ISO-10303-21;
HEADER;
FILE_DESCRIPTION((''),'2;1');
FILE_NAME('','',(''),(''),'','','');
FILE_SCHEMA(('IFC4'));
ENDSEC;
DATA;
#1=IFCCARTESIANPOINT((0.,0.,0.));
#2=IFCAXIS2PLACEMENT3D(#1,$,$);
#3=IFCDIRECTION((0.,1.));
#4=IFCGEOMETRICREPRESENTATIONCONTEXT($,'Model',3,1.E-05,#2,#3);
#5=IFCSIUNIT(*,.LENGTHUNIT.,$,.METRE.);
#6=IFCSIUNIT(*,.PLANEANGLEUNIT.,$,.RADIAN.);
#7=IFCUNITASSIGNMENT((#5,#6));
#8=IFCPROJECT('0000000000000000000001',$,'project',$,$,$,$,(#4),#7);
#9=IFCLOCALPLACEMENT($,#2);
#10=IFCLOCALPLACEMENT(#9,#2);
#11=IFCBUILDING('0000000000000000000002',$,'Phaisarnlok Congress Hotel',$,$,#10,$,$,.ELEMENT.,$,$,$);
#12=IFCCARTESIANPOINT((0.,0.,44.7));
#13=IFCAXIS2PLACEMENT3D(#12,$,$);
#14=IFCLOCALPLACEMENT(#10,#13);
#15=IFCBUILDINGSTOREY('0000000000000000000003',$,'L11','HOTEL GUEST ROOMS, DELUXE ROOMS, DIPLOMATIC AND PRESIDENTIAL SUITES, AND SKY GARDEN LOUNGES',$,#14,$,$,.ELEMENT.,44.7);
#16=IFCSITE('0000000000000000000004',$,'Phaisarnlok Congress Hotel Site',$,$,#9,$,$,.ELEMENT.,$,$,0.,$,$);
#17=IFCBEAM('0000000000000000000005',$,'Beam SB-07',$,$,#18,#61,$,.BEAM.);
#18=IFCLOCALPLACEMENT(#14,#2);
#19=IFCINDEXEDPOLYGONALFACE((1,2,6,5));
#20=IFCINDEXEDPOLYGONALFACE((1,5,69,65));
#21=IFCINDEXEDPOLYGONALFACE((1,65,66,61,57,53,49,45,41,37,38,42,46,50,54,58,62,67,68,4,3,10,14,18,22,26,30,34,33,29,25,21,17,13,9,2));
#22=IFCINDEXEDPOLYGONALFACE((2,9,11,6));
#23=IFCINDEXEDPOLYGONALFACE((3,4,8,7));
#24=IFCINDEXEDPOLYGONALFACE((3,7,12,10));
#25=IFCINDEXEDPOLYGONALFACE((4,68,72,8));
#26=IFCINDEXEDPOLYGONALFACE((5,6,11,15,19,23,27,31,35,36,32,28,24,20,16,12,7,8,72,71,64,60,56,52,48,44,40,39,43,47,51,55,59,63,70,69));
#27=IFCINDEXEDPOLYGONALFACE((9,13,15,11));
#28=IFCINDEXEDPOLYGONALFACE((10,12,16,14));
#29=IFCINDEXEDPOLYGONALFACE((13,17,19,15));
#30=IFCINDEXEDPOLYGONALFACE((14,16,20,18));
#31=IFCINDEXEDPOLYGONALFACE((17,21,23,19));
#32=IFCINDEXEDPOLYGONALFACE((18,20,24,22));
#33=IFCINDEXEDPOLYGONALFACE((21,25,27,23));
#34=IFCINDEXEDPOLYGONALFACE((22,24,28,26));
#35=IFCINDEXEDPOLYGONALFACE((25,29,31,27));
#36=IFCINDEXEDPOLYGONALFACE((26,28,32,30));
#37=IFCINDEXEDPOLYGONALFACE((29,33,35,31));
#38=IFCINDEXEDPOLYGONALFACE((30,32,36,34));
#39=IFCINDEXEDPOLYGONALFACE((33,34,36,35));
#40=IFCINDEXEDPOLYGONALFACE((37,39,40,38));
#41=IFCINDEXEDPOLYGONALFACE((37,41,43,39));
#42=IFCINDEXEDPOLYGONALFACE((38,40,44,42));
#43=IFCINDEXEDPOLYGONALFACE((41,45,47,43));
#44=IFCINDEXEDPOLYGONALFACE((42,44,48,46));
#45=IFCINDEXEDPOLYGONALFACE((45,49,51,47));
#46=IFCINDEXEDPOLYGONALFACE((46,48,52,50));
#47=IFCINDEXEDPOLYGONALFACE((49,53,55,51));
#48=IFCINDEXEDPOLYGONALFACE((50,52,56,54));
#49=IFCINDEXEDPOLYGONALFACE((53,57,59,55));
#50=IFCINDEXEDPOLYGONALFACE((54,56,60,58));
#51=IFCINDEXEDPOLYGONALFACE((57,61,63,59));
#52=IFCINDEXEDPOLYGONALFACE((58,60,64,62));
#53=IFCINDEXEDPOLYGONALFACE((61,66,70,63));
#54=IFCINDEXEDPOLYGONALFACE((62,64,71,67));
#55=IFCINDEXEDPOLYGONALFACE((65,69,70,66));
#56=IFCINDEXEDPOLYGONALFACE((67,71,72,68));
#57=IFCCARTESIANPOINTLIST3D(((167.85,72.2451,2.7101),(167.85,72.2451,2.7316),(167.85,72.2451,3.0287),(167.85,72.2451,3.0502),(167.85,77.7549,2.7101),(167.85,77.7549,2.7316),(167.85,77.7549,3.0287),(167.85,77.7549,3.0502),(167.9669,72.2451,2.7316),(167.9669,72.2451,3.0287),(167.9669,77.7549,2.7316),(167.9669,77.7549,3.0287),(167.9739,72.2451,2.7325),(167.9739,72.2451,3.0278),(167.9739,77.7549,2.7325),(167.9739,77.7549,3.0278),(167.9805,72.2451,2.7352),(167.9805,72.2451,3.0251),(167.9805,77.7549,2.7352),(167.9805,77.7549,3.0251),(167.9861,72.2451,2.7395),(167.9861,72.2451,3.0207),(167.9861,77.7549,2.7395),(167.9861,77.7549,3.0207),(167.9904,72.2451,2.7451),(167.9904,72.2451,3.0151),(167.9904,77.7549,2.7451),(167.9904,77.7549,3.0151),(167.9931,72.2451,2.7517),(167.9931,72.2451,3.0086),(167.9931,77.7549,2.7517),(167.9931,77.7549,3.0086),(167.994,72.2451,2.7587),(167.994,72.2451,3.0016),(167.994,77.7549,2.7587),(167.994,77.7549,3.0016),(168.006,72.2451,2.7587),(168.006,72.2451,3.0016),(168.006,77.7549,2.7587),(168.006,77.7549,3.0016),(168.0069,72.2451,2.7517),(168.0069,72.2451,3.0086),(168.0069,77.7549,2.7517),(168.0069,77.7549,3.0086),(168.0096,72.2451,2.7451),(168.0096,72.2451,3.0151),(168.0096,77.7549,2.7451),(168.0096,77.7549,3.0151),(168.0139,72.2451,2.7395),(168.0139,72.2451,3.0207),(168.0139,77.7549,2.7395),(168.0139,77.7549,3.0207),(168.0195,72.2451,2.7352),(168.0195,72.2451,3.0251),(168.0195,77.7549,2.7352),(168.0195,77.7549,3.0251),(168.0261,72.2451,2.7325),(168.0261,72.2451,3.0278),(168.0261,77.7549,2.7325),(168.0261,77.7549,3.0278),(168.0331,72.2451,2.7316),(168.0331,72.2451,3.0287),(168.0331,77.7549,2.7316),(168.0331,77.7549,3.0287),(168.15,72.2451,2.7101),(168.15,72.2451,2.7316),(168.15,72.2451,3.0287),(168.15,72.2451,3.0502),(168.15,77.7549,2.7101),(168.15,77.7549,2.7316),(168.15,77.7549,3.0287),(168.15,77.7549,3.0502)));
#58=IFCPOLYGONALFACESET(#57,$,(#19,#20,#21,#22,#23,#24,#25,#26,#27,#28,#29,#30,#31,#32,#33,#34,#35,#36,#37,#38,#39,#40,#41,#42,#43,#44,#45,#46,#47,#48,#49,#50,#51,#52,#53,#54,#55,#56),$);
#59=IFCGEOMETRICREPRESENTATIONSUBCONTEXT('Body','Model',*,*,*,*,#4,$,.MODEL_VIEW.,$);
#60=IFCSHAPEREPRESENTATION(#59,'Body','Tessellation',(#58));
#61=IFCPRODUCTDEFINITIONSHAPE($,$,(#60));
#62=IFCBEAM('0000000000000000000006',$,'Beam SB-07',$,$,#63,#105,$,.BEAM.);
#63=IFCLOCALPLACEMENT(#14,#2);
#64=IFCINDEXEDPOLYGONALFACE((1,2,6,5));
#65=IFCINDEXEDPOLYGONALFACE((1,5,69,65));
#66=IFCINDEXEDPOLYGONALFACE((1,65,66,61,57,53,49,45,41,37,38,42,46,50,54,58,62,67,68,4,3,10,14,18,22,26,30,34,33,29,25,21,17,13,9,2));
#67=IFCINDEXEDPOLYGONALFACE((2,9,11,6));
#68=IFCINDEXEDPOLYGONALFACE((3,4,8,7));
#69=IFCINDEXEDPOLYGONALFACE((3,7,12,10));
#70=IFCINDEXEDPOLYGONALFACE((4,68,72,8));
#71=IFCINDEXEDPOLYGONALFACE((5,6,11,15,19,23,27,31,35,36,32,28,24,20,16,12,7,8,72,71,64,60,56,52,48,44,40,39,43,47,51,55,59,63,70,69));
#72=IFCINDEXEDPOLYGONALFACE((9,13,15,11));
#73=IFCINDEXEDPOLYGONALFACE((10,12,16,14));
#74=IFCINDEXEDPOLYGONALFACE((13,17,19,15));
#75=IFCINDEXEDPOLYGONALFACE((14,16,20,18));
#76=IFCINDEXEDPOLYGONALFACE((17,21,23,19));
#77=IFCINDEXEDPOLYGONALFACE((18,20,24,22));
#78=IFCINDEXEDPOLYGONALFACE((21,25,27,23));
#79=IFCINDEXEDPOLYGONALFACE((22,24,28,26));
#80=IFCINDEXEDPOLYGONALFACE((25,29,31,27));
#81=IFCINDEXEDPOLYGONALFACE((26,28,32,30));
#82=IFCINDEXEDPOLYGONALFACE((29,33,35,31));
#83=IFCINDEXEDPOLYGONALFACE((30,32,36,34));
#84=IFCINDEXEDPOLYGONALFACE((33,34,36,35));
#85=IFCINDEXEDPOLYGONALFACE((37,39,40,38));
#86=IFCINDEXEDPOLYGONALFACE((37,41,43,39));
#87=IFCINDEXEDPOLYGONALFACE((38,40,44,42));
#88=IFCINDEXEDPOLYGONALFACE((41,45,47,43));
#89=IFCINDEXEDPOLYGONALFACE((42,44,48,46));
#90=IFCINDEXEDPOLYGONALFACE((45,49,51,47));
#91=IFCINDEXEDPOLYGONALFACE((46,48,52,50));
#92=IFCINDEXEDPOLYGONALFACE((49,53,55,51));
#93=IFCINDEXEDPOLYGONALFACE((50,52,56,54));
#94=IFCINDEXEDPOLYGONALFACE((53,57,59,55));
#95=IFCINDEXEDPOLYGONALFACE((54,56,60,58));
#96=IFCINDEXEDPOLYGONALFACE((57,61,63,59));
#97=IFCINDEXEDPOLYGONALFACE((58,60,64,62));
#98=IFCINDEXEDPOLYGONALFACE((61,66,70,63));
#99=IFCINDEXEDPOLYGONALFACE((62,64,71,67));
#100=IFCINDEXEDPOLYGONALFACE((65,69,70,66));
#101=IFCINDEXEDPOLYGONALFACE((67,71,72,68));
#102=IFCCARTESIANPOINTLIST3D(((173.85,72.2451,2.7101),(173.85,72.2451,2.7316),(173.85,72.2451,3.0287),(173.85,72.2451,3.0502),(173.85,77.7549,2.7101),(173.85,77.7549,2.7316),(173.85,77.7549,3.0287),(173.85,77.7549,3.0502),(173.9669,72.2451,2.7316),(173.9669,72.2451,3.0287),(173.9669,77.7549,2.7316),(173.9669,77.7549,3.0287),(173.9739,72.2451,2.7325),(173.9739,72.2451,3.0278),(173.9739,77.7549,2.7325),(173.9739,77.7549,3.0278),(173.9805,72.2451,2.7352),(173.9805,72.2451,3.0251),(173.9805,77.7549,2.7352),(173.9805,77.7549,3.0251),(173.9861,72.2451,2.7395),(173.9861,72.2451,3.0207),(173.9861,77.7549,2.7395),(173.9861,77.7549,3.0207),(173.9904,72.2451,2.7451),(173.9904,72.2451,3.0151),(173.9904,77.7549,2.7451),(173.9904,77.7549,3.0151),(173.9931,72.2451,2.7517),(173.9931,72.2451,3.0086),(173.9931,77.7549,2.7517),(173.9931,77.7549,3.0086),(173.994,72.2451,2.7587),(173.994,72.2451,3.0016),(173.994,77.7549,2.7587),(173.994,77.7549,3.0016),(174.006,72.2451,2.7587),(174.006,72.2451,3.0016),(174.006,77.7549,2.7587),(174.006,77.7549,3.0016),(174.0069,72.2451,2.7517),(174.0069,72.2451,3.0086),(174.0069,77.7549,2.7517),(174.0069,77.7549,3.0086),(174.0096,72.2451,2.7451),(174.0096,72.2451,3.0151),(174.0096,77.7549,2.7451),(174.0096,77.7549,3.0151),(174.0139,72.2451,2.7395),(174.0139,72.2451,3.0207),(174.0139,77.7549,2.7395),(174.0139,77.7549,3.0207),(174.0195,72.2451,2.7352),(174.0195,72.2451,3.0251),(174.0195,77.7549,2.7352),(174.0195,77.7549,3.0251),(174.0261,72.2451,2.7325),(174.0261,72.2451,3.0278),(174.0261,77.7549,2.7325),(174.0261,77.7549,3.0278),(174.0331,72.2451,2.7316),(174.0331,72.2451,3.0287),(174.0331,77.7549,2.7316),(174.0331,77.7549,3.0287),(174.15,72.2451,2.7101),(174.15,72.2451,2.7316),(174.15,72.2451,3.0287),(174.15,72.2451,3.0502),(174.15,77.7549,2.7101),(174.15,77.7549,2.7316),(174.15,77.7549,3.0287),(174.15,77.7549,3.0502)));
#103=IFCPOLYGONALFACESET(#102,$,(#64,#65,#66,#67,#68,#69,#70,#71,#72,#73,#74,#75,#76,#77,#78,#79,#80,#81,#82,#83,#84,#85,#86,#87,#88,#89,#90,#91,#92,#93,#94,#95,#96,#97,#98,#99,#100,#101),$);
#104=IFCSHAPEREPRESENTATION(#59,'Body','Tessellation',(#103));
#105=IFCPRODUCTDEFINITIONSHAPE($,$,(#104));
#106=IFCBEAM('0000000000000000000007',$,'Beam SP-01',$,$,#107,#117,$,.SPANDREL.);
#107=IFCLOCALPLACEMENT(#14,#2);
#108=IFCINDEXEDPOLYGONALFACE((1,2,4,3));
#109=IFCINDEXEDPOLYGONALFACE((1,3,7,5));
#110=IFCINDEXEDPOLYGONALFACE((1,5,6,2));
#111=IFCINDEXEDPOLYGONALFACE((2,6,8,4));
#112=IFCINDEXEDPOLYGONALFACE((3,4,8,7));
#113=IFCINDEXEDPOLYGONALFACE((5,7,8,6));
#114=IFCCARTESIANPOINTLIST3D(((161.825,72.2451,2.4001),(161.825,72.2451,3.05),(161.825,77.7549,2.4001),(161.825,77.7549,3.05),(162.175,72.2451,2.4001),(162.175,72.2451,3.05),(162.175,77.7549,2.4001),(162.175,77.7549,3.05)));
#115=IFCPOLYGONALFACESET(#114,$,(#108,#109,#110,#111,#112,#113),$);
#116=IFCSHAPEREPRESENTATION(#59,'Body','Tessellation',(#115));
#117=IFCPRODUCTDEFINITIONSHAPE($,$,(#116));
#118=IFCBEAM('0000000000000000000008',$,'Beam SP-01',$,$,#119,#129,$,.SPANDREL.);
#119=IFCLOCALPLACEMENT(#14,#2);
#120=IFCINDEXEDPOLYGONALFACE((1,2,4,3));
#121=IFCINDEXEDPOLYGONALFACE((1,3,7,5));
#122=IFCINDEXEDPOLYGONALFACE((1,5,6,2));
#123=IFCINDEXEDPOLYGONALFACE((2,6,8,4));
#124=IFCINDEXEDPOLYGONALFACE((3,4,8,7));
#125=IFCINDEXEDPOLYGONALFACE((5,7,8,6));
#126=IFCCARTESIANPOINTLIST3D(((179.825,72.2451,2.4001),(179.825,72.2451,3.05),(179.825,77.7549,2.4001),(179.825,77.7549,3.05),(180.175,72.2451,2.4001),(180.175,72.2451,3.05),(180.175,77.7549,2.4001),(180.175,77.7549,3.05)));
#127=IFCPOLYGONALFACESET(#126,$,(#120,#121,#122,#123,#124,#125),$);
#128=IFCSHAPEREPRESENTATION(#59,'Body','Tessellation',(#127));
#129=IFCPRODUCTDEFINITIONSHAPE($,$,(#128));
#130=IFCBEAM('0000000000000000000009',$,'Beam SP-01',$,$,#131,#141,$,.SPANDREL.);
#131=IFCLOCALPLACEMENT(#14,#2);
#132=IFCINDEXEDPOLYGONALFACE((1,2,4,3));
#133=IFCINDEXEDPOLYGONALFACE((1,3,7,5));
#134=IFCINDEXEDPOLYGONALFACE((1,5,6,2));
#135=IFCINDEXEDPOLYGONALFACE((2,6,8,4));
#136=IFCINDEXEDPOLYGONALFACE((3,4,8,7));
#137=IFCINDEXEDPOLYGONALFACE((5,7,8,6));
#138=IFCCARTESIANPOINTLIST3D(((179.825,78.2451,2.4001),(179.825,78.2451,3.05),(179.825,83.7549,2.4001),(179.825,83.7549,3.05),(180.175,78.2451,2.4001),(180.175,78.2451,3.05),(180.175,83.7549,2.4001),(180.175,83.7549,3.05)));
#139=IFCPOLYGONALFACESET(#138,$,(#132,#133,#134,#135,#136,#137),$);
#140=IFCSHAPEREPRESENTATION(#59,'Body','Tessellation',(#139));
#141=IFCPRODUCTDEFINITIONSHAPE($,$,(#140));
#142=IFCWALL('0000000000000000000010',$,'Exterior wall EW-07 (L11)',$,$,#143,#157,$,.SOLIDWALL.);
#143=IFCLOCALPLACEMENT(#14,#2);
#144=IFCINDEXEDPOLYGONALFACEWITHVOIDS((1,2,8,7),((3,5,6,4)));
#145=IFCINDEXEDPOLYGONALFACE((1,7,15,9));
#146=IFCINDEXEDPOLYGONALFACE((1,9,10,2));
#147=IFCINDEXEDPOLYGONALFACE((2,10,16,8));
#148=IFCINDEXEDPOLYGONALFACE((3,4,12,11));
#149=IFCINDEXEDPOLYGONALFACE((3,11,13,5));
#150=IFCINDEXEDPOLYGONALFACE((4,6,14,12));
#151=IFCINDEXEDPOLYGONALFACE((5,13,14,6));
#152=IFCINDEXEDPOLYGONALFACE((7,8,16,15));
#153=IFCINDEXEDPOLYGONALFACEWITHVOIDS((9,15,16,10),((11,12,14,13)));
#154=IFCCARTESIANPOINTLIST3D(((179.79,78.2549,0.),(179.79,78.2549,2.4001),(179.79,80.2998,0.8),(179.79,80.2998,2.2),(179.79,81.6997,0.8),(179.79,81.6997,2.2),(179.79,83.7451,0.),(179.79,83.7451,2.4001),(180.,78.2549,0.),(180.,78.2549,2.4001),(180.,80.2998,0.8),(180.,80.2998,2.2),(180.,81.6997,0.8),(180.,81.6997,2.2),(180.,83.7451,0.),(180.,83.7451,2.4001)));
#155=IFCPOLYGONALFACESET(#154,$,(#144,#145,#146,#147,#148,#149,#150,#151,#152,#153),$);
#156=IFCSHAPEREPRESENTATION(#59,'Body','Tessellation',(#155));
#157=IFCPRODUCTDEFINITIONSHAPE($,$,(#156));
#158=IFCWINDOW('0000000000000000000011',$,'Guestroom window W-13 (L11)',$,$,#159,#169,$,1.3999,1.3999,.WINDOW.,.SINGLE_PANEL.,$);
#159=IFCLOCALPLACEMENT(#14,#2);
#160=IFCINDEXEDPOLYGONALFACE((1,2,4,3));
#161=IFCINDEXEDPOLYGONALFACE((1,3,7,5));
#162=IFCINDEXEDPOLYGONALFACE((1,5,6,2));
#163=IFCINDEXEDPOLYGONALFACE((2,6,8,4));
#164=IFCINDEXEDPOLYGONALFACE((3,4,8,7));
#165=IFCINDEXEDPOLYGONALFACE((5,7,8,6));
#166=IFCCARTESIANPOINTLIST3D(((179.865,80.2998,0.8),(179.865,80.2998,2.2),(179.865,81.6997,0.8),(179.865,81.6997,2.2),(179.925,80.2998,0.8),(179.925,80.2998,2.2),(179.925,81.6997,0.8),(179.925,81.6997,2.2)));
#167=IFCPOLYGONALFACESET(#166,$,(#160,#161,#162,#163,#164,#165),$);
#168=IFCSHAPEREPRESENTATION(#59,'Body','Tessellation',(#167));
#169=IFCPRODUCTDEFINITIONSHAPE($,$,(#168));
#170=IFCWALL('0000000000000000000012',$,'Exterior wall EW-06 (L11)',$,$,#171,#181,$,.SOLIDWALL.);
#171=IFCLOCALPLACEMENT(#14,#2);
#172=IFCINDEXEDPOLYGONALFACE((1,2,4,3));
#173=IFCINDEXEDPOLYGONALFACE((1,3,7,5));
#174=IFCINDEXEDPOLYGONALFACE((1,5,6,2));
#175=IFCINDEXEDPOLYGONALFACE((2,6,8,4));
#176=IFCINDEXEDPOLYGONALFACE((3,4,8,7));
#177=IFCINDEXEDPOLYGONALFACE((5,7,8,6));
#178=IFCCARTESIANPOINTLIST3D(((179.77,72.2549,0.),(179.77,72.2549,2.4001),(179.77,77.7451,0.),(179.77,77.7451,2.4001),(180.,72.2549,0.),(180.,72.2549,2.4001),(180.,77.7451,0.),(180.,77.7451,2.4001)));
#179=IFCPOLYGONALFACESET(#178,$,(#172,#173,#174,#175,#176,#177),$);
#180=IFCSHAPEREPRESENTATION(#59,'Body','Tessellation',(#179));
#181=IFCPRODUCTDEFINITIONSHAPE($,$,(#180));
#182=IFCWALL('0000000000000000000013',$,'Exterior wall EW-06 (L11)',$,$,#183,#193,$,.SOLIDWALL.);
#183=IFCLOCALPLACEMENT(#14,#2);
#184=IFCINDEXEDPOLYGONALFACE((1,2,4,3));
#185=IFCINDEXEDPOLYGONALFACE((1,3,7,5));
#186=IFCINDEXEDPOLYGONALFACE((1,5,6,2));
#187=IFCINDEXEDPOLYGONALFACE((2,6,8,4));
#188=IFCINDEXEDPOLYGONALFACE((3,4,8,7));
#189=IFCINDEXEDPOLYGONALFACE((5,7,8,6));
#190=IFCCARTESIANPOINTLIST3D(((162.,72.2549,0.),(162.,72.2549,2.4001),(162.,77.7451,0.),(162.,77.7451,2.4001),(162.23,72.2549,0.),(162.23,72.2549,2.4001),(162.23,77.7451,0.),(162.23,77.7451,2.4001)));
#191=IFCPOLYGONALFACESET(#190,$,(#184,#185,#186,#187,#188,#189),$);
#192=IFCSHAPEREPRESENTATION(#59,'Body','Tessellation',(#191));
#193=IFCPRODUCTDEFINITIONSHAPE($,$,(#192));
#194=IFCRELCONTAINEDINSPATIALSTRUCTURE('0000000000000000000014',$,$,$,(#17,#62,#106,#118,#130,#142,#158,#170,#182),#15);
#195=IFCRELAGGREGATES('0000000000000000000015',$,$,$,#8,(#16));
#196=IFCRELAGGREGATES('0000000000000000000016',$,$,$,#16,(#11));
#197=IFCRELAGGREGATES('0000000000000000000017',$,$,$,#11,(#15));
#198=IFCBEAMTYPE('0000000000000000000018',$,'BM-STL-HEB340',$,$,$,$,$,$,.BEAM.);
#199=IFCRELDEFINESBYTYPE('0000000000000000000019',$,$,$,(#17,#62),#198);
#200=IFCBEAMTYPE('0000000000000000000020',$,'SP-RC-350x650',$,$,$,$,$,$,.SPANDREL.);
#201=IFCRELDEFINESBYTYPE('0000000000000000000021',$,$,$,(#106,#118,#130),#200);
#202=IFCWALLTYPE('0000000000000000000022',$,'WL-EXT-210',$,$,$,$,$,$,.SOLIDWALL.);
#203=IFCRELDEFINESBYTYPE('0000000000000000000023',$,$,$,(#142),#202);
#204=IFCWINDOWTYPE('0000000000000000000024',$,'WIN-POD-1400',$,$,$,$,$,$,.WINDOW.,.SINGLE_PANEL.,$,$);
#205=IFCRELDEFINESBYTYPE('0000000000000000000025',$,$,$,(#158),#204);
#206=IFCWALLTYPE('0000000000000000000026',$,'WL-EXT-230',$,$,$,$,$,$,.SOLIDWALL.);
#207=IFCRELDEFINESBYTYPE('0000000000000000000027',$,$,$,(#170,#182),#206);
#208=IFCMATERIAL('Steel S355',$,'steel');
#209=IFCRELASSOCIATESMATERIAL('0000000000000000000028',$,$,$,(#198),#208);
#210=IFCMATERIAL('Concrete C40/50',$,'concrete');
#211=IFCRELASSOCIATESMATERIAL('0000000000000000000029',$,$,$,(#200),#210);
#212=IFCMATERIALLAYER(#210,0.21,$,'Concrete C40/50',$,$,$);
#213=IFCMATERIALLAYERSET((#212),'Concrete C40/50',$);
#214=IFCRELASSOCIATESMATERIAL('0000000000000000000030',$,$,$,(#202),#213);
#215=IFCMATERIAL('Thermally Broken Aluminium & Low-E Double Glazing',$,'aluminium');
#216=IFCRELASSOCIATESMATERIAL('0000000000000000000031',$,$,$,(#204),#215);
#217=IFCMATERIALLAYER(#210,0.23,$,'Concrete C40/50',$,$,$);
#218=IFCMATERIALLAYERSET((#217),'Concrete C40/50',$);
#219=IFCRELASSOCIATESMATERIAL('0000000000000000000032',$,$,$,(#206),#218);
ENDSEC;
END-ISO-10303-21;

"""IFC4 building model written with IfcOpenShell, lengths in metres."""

from ifc_helpers import new_model, si_unit, direction, frame, frame_2d, origin, origin_2d, place, context, subcontext, project, spatial, rectangle, i_section, extrude, material, layer, layer_set, material_profile, profile_set, type_object, element, fill, save


model = new_model("IFC4")

# Units and contexts
model_context = context("Model", 3, precision=1e-05, world=origin(), true_north=direction((0.0, 1.0)))
body_context = subcontext(model_context, "Body", "Model", "MODEL_VIEW")
ifc_project = project(units=[si_unit("LENGTHUNIT", "METRE"), si_unit("PLANEANGLEUNIT", "RADIAN")], contexts=[model_context])

# Site, building, storey
site_placement = place(None, origin())
site = spatial("IfcSite", under=ifc_project, at=site_placement, Name="Phaisarnlok Congress Hotel Site", CompositionType="ELEMENT", RefElevation=0.0)
building_placement = place(site_placement, origin())
building = spatial("IfcBuilding", under=site, at=building_placement, Name="Phaisarnlok Congress Hotel", CompositionType="ELEMENT")
storey_placement = place(building_placement, frame((0.0, 0.0, 44.7)))
storey = spatial("IfcBuildingStorey", under=building, at=storey_placement, Name="L11", Description="HOTEL GUEST ROOMS, DELUXE ROOMS, DIPLOMATIC AND PRESIDENTIAL SUITES, AND SKY GARDEN LOUNGES", CompositionType="ELEMENT", Elevation=44.7)

# Beams
ifc_material_1 = material(Name="Concrete C40/50", Category="concrete")
ifc_material_2 = material(Name="Steel S355", Category="steel")
ifc_material_profile_1 = material_profile(ifc_material_2, i_section(OverallWidth=0.3, OverallDepth=0.3401, WebThickness=0.012, FlangeThickness=0.0215, FilletRadius=0.0271, at=origin_2d()), Name="HEB 340")
ifc_profile_set_1 = profile_set([ifc_material_profile_1], Name="Steel S355")
beam_type_1 = type_object("IfcBeamType", Name="BM-STL-HEB340", PredefinedType="BEAM", material=ifc_profile_set_1)
for number, where, z_axis, x_axis, name in (
    (1, (168.0, 72.2451, 2.8801), (0.0, 1.0, 0.0), (-1.0, 0.0, 0.0), "Beam SB-07"),
    (2, (174.0, 72.2451, 2.8801), (0.0, 1.0, 0.0), (-1.0, 0.0, 0.0), "Beam SB-07"),
):
    element("IfcBeam", number, at=place(storey_placement, frame(where, z_axis=z_axis, x_axis=x_axis)), inside=storey, type_object=beam_type_1, Name=name, PredefinedType="BEAM", context=body_context, shape_type="SweptSolid", body=[
        extrude(i_section(OverallWidth=0.3, OverallDepth=0.3401, WebThickness=0.012, FlangeThickness=0.0215, FilletRadius=0.0271, at=origin_2d()), origin(), (0.0, 0.0, 1.0), 5.5098),
    ])
ifc_material_profile_2 = material_profile(ifc_material_1, rectangle(XDim=0.3501, YDim=0.6499, at=origin_2d()), Name="RC 350x650")
ifc_profile_set_2 = profile_set([ifc_material_profile_2], Name="Concrete C40/50")
beam_type_2 = type_object("IfcBeamType", Name="SP-RC-350x650", PredefinedType="SPANDREL", material=ifc_profile_set_2)
for number, where, z_axis, x_axis, name in (
    (3, (162.0, 72.2451, 2.7251), (0.0, 1.0, 0.0), (-1.0, 0.0, 0.0), "Beam SP-01"),
    (4, (180.0, 72.2451, 2.7251), (0.0, 1.0, 0.0), (-1.0, 0.0, 0.0), "Beam SP-01"),
    (5, (180.0, 78.2451, 2.7251), (0.0, 1.0, 0.0), (-1.0, 0.0, 0.0), "Beam SP-01"),
):
    element("IfcBeam", number, at=place(storey_placement, frame(where, z_axis=z_axis, x_axis=x_axis)), inside=storey, type_object=beam_type_2, Name=name, PredefinedType="SPANDREL", context=body_context, shape_type="SweptSolid", body=[
        extrude(rectangle(XDim=0.3501, YDim=0.6499, at=origin_2d()), origin(), (0.0, 0.0, 1.0), 5.5098),
    ])

# Wall, opening, window
ifc_layer_1 = layer(ifc_material_1, 0.21, Name="Concrete C40/50")
ifc_layer_set_1 = layer_set([ifc_layer_1], Name="Concrete C40/50")
wall_type_1 = type_object("IfcWallType", Name="WL-EXT-210", PredefinedType="SOLIDWALL", material=ifc_layer_set_1)
wall_1_placement = place(storey_placement, frame((179.895, 78.2549, 0.0), z_axis=(0.0, 0.0, 1.0), x_axis=(0.0, 1.0, 0.0)))
wall_1 = element("IfcWall", 6, at=wall_1_placement, inside=storey, type_object=wall_type_1, Name="Exterior wall EW-07 (L11)", PredefinedType="SOLIDWALL", context=body_context, shape_type="SweptSolid", body=[
    extrude(rectangle(XDim=5.4902, YDim=0.21, at=frame_2d((2.7451, 0.0))), origin(), (0.0, 0.0, 1.0), 2.4001),
])
opening_placement = place(wall_1_placement, frame((2.0449, 0.0, 0.8)))
opening = element("IfcOpeningElement", 7, at=opening_placement, cuts=wall_1, PredefinedType="OPENING", context=body_context, shape_type="SweptSolid", body=[
    extrude(rectangle(XDim=1.3999, YDim=1.3999, at=frame_2d((0.7, 0.7))), frame((0.0, 0.115, 0.0), z_axis=(0.0, -1.0, 0.0), x_axis=(1.0, 0.0, 0.0)), (0.0, 0.0, 1.0), 0.23),
])
ifc_material_3 = material(Name="Thermally Broken Aluminium & Low-E Double Glazing", Category="aluminium")
window_type = type_object("IfcWindowType", Name="WIN-POD-1400", PartitioningType="SINGLE_PANEL", PredefinedType="WINDOW", material=ifc_material_3)
window_placement = place(opening_placement, origin())
window = element("IfcWindow", 8, at=window_placement, inside=storey, type_object=window_type, Name="Guestroom window W-13 (L11)", OverallHeight=1.3999, OverallWidth=1.3999, PartitioningType="SINGLE_PANEL", PredefinedType="WINDOW", context=body_context, shape_type="SweptSolid", body=[
    extrude(rectangle(XDim=1.3999, YDim=1.3999, at=frame_2d((0.7, 0.7))), frame((0.0, 0.03, 0.0), z_axis=(0.0, -1.0, 0.0), x_axis=(1.0, 0.0, 0.0)), (0.0, 0.0, 1.0), 0.0601),
])
fill(opening, window)

# Walls
ifc_layer_2 = layer(ifc_material_1, 0.23, Name="Concrete C40/50")
ifc_layer_set_2 = layer_set([ifc_layer_2], Name="Concrete C40/50")
wall_type_2 = type_object("IfcWallType", Name="WL-EXT-230", PredefinedType="SOLIDWALL", material=ifc_layer_set_2)
for number, where, z_axis, x_axis, name in (
    (9, (179.885, 72.2549, 0.0), (0.0, 0.0, 1.0), (0.0, 1.0, 0.0), "Exterior wall EW-06 (L11)"),
    (10, (162.115, 77.7451, 0.0), (0.0, 0.0, 1.0), (0.0, -1.0, 0.0), "Exterior wall EW-06 (L11)"),
):
    element("IfcWall", number, at=place(storey_placement, frame(where, z_axis=z_axis, x_axis=x_axis)), inside=storey, type_object=wall_type_2, Name=name, PredefinedType="SOLIDWALL", context=body_context, shape_type="SweptSolid", body=[
        extrude(rectangle(XDim=5.4902, YDim=0.23, at=frame_2d((2.7451, 0.0))), origin(), (0.0, 0.0, 1.0), 2.4001),
    ])

save(model, "model.ifc")
